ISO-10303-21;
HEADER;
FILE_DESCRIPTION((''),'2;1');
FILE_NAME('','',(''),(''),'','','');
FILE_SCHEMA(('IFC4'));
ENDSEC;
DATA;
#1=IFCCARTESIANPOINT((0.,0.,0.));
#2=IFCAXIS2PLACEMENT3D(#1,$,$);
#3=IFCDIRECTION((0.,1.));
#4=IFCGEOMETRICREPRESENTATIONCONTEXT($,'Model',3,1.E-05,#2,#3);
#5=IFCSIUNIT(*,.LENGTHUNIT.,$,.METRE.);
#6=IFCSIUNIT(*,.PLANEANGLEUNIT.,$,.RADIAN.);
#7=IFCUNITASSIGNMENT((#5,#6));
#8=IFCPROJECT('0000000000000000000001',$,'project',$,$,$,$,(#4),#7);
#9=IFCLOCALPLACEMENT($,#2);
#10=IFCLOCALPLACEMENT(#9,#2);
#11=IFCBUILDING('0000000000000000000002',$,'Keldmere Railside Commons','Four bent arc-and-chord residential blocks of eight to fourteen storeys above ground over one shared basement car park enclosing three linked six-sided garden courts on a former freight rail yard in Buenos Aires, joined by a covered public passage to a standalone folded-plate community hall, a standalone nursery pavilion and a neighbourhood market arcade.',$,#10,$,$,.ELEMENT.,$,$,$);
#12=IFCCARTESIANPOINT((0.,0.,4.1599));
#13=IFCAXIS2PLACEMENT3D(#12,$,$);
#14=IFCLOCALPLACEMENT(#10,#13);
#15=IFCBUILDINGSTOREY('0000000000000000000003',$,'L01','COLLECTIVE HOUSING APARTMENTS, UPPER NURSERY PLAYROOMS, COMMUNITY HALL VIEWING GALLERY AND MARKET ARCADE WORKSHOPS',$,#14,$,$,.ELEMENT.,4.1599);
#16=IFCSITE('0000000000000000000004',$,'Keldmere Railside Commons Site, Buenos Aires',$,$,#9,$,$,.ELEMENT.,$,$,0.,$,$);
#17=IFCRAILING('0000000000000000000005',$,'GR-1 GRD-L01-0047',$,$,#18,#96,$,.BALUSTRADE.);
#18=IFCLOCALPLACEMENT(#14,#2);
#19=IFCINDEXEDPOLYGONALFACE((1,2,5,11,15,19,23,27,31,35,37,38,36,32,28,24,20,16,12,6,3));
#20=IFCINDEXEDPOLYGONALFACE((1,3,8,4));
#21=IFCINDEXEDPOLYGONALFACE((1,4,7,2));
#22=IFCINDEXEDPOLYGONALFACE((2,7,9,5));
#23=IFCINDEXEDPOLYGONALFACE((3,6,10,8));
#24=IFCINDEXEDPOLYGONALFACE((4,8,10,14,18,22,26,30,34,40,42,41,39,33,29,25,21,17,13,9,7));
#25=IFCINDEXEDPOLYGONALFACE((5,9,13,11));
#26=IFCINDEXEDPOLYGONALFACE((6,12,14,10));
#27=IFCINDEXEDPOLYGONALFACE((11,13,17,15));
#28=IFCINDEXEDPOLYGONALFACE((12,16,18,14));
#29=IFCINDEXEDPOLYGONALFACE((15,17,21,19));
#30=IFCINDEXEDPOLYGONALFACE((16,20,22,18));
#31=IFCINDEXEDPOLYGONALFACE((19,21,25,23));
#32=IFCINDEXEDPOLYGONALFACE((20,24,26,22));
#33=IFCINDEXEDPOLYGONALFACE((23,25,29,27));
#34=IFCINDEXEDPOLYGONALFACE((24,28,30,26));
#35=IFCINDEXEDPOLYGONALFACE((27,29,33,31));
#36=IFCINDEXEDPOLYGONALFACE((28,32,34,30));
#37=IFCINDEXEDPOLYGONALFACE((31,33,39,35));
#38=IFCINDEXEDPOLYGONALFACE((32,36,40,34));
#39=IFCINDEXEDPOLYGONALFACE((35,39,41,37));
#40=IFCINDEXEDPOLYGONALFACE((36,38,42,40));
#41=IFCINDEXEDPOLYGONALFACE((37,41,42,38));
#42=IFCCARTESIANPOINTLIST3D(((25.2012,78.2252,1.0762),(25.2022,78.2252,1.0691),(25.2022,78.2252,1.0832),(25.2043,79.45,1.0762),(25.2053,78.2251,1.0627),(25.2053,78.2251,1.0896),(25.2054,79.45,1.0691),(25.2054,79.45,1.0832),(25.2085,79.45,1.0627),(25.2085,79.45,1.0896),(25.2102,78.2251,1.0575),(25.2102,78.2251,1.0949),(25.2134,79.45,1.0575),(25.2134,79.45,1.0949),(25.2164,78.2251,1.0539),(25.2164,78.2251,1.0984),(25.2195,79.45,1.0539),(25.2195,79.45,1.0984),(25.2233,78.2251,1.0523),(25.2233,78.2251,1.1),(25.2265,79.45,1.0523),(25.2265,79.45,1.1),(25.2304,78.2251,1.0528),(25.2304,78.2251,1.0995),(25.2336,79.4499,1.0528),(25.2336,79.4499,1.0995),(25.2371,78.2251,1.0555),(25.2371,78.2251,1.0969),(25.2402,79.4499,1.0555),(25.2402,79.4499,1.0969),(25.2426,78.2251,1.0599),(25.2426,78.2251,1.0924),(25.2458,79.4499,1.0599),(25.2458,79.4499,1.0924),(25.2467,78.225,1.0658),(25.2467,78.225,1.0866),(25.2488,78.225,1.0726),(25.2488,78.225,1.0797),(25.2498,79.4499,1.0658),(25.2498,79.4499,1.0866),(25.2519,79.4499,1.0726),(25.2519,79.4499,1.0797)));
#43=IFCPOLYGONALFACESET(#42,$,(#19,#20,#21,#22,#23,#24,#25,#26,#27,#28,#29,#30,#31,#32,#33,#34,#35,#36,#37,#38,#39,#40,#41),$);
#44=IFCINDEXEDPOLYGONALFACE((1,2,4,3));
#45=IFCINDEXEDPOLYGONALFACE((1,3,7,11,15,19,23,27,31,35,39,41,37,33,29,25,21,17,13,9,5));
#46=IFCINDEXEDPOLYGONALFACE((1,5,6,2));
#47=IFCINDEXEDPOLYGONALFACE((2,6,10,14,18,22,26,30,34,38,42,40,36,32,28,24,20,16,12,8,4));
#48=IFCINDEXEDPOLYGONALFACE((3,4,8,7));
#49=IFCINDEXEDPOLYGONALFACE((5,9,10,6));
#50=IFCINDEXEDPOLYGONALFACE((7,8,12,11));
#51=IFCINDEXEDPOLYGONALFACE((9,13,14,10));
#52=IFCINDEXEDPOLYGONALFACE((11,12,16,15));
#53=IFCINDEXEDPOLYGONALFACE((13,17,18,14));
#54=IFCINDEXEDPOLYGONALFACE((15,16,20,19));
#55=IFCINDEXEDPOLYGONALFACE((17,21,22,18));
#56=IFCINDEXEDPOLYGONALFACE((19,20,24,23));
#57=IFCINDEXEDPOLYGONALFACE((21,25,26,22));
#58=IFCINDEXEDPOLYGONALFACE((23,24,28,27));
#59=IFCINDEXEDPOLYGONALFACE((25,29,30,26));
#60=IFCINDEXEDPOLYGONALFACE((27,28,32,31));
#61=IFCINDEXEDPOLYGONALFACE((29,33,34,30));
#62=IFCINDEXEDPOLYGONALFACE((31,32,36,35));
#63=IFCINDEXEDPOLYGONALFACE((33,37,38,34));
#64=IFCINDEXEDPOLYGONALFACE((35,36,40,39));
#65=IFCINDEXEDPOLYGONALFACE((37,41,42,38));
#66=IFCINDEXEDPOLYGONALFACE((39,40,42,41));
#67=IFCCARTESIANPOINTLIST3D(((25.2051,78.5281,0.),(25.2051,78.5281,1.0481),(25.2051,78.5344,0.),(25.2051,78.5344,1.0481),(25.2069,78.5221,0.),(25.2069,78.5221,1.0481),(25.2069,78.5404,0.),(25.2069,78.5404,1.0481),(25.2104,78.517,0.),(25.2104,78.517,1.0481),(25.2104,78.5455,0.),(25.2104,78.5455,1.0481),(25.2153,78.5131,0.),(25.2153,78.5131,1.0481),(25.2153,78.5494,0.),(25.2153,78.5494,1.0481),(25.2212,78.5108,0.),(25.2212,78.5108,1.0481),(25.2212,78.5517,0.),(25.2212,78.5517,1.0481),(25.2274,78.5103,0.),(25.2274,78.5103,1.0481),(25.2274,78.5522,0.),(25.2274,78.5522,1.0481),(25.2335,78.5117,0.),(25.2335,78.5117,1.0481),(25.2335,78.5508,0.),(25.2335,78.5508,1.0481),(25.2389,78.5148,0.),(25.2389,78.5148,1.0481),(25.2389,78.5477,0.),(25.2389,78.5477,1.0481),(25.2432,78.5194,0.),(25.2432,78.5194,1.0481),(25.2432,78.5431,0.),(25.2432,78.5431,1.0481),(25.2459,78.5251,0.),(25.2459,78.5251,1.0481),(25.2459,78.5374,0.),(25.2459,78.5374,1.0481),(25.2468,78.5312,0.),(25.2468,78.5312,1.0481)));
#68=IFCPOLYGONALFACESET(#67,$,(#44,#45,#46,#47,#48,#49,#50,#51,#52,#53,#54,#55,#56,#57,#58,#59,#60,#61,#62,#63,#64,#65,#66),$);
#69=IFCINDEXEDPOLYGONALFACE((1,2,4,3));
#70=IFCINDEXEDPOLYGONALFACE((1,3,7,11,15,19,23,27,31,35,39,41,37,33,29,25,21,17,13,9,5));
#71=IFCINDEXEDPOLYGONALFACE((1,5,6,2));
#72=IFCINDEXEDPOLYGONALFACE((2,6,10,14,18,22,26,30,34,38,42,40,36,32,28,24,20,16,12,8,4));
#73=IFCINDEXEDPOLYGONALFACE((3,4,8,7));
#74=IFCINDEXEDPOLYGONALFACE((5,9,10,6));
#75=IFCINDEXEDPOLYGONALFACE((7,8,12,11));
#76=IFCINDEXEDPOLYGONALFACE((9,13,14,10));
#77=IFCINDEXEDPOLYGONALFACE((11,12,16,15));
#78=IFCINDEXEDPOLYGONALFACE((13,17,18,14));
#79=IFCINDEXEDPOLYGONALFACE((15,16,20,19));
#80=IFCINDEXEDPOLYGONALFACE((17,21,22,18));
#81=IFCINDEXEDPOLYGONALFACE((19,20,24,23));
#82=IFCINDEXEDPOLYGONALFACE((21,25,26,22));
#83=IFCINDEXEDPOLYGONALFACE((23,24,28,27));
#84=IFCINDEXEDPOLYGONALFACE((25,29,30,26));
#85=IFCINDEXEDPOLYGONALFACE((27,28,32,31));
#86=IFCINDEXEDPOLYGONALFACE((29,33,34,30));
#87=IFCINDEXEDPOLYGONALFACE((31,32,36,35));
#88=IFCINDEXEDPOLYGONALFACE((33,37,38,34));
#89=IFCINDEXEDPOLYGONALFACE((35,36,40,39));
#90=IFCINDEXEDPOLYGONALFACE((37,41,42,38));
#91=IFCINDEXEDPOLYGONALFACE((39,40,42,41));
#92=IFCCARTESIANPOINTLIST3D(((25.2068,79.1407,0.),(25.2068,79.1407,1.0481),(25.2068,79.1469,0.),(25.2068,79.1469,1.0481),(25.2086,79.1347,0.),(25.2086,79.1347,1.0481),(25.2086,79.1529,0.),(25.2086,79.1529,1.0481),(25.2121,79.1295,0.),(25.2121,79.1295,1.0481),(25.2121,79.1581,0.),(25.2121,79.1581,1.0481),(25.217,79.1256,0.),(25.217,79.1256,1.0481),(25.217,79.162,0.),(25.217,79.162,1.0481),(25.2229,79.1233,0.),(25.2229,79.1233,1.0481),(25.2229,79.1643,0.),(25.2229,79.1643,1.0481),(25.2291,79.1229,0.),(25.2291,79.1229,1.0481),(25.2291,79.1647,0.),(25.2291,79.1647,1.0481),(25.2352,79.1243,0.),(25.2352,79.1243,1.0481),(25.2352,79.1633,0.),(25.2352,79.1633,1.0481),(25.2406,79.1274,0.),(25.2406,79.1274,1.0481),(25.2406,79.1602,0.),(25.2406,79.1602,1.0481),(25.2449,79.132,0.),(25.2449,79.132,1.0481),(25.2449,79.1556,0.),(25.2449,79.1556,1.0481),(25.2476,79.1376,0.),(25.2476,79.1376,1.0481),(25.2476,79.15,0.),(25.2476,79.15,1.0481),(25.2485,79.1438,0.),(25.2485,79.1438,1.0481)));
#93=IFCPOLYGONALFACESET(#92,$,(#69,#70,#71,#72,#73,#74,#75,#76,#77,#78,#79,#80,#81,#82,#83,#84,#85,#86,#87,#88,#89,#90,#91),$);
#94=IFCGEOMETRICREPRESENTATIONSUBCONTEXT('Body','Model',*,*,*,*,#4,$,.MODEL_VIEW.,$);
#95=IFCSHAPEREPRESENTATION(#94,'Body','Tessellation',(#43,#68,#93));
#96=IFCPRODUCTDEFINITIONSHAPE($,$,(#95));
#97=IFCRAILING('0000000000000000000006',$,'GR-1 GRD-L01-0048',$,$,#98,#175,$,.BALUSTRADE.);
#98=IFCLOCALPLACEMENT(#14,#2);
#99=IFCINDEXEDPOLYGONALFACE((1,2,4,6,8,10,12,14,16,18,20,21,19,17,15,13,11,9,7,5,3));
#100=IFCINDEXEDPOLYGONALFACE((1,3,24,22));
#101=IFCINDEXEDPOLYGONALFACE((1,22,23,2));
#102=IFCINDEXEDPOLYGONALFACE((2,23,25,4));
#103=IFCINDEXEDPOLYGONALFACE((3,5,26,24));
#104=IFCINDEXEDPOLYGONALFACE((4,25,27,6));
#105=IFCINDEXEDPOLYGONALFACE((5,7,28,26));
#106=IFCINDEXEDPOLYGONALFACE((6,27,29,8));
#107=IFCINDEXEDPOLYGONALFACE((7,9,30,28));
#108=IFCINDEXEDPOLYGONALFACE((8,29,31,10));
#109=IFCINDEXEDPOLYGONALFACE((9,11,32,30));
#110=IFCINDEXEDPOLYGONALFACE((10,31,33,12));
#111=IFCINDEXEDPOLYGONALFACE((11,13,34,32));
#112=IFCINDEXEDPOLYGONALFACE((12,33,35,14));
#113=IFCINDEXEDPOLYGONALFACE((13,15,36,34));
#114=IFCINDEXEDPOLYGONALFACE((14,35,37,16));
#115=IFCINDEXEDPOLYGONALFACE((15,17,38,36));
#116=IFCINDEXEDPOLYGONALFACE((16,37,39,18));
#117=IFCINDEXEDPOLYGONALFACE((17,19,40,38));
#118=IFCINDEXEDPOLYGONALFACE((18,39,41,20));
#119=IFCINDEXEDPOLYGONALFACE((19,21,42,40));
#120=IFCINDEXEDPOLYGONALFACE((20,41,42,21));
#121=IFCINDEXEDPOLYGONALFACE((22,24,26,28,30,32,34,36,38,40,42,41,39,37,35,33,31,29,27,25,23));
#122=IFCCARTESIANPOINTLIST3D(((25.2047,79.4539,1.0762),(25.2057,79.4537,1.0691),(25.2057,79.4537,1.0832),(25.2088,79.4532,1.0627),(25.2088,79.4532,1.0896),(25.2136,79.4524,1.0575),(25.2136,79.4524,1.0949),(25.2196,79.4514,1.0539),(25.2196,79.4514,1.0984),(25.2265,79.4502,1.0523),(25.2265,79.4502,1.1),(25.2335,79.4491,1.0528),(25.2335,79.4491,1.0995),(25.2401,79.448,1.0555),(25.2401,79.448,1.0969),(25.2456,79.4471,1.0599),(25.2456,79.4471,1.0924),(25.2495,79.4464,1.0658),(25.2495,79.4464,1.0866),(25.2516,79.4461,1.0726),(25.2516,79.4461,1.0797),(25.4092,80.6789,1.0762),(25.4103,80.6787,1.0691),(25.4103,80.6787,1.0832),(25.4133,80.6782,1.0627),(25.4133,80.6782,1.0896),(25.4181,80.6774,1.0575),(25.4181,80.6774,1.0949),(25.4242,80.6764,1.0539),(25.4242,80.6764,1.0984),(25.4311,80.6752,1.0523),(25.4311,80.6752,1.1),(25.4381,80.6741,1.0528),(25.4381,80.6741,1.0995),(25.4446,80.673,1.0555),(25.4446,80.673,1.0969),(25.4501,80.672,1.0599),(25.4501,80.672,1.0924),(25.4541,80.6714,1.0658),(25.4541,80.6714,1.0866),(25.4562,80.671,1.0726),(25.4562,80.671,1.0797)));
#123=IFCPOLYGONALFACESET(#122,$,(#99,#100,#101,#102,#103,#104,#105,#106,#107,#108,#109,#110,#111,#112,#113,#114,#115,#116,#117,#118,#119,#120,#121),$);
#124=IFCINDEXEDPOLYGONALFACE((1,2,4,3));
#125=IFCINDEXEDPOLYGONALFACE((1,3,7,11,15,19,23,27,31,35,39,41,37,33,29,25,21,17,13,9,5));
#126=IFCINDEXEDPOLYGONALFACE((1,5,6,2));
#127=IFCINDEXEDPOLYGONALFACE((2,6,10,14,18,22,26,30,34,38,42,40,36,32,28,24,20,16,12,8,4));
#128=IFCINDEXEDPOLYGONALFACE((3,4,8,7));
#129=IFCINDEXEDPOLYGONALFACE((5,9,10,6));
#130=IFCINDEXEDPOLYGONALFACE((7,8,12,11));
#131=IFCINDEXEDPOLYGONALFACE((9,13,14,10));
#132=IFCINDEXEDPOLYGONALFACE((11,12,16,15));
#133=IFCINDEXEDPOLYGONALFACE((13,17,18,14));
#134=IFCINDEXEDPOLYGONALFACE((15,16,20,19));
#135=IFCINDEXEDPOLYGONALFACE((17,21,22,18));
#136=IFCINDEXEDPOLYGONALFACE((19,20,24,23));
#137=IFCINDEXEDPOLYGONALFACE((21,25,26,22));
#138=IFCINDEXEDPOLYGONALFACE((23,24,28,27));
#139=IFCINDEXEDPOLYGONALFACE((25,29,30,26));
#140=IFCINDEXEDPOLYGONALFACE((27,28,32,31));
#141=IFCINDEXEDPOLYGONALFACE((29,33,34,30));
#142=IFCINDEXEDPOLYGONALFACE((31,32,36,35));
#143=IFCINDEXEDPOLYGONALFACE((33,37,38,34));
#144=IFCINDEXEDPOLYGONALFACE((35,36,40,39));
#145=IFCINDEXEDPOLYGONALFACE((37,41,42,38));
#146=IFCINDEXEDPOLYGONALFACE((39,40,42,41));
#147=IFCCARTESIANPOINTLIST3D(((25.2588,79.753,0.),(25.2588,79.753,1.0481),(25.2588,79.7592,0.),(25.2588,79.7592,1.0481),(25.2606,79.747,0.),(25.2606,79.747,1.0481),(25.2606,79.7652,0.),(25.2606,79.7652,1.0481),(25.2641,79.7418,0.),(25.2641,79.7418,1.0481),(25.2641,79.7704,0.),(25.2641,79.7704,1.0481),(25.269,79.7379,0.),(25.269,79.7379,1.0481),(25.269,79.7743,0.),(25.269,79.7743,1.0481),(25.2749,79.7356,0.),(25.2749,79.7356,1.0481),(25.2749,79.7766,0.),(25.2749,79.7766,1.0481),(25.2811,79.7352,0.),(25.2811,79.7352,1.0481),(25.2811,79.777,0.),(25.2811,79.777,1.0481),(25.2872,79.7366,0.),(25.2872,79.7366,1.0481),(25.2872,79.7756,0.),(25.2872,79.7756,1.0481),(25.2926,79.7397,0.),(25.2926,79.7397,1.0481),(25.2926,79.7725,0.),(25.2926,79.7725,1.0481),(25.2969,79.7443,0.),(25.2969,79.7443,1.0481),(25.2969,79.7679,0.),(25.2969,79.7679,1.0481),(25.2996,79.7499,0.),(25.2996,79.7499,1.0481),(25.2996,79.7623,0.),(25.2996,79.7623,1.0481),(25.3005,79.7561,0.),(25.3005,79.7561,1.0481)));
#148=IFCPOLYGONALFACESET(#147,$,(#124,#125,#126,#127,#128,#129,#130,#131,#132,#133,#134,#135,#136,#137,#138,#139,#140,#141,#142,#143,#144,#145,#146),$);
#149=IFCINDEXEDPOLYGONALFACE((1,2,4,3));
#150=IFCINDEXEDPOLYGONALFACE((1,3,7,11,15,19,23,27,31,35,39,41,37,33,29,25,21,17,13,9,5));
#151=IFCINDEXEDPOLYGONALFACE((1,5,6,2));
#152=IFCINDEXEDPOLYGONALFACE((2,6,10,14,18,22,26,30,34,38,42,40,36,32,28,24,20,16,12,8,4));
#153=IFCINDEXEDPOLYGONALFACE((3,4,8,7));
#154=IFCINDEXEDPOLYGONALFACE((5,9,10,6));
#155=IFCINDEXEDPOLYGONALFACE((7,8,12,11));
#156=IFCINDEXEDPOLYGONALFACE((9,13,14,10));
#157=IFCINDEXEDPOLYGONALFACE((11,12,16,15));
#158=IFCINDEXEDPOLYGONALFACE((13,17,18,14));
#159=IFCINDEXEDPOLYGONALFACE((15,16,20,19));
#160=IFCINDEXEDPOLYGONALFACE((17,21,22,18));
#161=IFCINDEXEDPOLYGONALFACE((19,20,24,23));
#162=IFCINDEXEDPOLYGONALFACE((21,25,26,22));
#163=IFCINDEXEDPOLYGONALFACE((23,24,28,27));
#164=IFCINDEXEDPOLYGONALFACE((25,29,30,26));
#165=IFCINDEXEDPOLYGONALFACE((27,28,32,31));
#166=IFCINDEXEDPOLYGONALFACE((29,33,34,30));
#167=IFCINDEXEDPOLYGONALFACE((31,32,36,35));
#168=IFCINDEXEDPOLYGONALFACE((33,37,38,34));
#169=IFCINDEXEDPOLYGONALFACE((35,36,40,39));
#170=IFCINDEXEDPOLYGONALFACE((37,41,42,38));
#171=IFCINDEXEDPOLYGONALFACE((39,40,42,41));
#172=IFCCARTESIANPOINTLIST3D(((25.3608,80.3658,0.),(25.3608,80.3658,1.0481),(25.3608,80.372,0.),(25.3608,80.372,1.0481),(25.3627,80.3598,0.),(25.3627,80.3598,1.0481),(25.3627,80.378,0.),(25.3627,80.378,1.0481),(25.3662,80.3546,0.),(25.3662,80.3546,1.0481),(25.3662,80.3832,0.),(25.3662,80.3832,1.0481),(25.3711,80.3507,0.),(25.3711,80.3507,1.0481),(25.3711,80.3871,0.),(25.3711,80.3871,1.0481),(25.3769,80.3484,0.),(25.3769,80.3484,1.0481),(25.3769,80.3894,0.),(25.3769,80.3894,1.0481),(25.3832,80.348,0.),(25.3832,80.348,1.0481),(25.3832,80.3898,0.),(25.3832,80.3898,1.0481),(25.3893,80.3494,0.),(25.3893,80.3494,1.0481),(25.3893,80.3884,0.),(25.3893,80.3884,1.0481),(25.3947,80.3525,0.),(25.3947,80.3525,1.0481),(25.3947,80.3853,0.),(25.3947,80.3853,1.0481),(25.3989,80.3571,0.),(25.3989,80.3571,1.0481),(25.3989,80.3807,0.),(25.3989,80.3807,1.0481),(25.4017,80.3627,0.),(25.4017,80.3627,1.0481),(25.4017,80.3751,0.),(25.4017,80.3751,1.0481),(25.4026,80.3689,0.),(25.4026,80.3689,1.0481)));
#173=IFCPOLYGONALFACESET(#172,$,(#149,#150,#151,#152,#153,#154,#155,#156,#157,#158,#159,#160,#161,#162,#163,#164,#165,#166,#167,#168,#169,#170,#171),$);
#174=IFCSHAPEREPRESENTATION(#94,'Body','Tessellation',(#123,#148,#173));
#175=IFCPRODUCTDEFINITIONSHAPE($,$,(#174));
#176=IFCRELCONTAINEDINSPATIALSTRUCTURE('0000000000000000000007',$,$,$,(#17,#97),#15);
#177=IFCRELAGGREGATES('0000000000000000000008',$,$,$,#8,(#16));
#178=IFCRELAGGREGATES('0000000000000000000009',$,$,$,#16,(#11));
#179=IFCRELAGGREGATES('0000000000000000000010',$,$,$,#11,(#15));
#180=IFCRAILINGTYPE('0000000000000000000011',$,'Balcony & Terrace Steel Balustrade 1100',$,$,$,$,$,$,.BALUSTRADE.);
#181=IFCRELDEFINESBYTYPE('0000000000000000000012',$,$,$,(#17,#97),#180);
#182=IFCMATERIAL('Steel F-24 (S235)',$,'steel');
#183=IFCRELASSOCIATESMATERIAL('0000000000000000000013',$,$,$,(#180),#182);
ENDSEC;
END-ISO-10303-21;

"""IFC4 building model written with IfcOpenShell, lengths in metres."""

from ifc_helpers import new_model, si_unit, direction, frame, origin, origin_2d, place, context, subcontext, project, spatial, circle, extrude, material, type_object, element, save


model = new_model("IFC4")

# Units and contexts
model_context = context("Model", 3, precision=1e-05, world=origin(), true_north=direction((0.0, 1.0)))
body_context = subcontext(model_context, "Body", "Model", "MODEL_VIEW")
ifc_project = project(units=[si_unit("LENGTHUNIT", "METRE"), si_unit("PLANEANGLEUNIT", "RADIAN")], contexts=[model_context])

# Site, building, storey
site_placement = place(None, origin())
site = spatial("IfcSite", under=ifc_project, at=site_placement, Name="Keldmere Railside Commons Site, Buenos Aires", CompositionType="ELEMENT", RefElevation=0.0)
building_placement = place(site_placement, origin())
building = spatial("IfcBuilding", under=site, at=building_placement, Name="Keldmere Railside Commons", Description="Four bent arc-and-chord residential blocks of eight to fourteen storeys above ground over one shared basement car park enclosing three linked six-sided garden courts on a former freight rail yard in Buenos Aires, joined by a covered public passage to a standalone folded-plate community hall, a standalone nursery pavilion and a neighbourhood market arcade.", CompositionType="ELEMENT")
storey_placement = place(building_placement, frame((0.0, 0.0, 4.1599)))
storey = spatial("IfcBuildingStorey", under=building, at=storey_placement, Name="L01", Description="COLLECTIVE HOUSING APARTMENTS, UPPER NURSERY PLAYROOMS, COMMUNITY HALL VIEWING GALLERY AND MARKET ARCADE WORKSHOPS", CompositionType="ELEMENT", Elevation=4.1599)

# Railings
ifc_material_1 = material(Name="Steel F-24 (S235)", Category="steel")
railing_type = type_object("IfcRailingType", Name="Balcony & Terrace Steel Balustrade 1100", PredefinedType="BALUSTRADE", material=ifc_material_1)
railing_1_placement = place(storey_placement, frame((25.2251, 78.2251, 0.0)))
element("IfcRailing", 1, at=railing_1_placement, inside=storey, type_object=railing_type, Name="GR-1 GRD-L01-0047", PredefinedType="BALUSTRADE", context=body_context, shape_type="SweptSolid", body=[
    extrude(circle(Radius=0.0239, at=origin_2d()), frame((0.0, 0.0, 1.0762), z_axis=(0.002591, 0.999997, 0.0), x_axis=(-0.999997, 0.002591, 0.0)), (0.0, 0.0, 1.0), 1.2249),
    extrude(circle(Radius=0.021, at=origin_2d()), frame((0.0007, 0.3062, 0.0)), (0.0, 0.0, 1.0), 1.0481),
    extrude(circle(Radius=0.021, at=origin_2d()), frame((0.0024, 0.9187, 0.0)), (0.0, 0.0, 1.0), 1.0481),
])
railing_2_placement = place(storey_placement, frame((25.2283, 79.45, 0.0)))
element("IfcRailing", 2, at=railing_2_placement, inside=storey, type_object=railing_type, Name="GR-1 GRD-L01-0048", PredefinedType="BALUSTRADE", context=body_context, shape_type="SweptSolid", body=[
    extrude(circle(Radius=0.0239, at=origin_2d()), frame((0.0, 0.0, 1.0762), z_axis=(0.164718, 0.986341, 0.0), x_axis=(-0.986341, 0.164718, 0.0)), (0.0, 0.0, 1.0), 1.2419),
    extrude(circle(Radius=0.021, at=origin_2d()), frame((0.0513, 0.3062, 0.0)), (0.0, 0.0, 1.0), 1.0481),
    extrude(circle(Radius=0.021, at=origin_2d()), frame((0.1533, 0.9189, 0.0)), (0.0, 0.0, 1.0), 1.0481),
])

save(model, "model.ifc")
